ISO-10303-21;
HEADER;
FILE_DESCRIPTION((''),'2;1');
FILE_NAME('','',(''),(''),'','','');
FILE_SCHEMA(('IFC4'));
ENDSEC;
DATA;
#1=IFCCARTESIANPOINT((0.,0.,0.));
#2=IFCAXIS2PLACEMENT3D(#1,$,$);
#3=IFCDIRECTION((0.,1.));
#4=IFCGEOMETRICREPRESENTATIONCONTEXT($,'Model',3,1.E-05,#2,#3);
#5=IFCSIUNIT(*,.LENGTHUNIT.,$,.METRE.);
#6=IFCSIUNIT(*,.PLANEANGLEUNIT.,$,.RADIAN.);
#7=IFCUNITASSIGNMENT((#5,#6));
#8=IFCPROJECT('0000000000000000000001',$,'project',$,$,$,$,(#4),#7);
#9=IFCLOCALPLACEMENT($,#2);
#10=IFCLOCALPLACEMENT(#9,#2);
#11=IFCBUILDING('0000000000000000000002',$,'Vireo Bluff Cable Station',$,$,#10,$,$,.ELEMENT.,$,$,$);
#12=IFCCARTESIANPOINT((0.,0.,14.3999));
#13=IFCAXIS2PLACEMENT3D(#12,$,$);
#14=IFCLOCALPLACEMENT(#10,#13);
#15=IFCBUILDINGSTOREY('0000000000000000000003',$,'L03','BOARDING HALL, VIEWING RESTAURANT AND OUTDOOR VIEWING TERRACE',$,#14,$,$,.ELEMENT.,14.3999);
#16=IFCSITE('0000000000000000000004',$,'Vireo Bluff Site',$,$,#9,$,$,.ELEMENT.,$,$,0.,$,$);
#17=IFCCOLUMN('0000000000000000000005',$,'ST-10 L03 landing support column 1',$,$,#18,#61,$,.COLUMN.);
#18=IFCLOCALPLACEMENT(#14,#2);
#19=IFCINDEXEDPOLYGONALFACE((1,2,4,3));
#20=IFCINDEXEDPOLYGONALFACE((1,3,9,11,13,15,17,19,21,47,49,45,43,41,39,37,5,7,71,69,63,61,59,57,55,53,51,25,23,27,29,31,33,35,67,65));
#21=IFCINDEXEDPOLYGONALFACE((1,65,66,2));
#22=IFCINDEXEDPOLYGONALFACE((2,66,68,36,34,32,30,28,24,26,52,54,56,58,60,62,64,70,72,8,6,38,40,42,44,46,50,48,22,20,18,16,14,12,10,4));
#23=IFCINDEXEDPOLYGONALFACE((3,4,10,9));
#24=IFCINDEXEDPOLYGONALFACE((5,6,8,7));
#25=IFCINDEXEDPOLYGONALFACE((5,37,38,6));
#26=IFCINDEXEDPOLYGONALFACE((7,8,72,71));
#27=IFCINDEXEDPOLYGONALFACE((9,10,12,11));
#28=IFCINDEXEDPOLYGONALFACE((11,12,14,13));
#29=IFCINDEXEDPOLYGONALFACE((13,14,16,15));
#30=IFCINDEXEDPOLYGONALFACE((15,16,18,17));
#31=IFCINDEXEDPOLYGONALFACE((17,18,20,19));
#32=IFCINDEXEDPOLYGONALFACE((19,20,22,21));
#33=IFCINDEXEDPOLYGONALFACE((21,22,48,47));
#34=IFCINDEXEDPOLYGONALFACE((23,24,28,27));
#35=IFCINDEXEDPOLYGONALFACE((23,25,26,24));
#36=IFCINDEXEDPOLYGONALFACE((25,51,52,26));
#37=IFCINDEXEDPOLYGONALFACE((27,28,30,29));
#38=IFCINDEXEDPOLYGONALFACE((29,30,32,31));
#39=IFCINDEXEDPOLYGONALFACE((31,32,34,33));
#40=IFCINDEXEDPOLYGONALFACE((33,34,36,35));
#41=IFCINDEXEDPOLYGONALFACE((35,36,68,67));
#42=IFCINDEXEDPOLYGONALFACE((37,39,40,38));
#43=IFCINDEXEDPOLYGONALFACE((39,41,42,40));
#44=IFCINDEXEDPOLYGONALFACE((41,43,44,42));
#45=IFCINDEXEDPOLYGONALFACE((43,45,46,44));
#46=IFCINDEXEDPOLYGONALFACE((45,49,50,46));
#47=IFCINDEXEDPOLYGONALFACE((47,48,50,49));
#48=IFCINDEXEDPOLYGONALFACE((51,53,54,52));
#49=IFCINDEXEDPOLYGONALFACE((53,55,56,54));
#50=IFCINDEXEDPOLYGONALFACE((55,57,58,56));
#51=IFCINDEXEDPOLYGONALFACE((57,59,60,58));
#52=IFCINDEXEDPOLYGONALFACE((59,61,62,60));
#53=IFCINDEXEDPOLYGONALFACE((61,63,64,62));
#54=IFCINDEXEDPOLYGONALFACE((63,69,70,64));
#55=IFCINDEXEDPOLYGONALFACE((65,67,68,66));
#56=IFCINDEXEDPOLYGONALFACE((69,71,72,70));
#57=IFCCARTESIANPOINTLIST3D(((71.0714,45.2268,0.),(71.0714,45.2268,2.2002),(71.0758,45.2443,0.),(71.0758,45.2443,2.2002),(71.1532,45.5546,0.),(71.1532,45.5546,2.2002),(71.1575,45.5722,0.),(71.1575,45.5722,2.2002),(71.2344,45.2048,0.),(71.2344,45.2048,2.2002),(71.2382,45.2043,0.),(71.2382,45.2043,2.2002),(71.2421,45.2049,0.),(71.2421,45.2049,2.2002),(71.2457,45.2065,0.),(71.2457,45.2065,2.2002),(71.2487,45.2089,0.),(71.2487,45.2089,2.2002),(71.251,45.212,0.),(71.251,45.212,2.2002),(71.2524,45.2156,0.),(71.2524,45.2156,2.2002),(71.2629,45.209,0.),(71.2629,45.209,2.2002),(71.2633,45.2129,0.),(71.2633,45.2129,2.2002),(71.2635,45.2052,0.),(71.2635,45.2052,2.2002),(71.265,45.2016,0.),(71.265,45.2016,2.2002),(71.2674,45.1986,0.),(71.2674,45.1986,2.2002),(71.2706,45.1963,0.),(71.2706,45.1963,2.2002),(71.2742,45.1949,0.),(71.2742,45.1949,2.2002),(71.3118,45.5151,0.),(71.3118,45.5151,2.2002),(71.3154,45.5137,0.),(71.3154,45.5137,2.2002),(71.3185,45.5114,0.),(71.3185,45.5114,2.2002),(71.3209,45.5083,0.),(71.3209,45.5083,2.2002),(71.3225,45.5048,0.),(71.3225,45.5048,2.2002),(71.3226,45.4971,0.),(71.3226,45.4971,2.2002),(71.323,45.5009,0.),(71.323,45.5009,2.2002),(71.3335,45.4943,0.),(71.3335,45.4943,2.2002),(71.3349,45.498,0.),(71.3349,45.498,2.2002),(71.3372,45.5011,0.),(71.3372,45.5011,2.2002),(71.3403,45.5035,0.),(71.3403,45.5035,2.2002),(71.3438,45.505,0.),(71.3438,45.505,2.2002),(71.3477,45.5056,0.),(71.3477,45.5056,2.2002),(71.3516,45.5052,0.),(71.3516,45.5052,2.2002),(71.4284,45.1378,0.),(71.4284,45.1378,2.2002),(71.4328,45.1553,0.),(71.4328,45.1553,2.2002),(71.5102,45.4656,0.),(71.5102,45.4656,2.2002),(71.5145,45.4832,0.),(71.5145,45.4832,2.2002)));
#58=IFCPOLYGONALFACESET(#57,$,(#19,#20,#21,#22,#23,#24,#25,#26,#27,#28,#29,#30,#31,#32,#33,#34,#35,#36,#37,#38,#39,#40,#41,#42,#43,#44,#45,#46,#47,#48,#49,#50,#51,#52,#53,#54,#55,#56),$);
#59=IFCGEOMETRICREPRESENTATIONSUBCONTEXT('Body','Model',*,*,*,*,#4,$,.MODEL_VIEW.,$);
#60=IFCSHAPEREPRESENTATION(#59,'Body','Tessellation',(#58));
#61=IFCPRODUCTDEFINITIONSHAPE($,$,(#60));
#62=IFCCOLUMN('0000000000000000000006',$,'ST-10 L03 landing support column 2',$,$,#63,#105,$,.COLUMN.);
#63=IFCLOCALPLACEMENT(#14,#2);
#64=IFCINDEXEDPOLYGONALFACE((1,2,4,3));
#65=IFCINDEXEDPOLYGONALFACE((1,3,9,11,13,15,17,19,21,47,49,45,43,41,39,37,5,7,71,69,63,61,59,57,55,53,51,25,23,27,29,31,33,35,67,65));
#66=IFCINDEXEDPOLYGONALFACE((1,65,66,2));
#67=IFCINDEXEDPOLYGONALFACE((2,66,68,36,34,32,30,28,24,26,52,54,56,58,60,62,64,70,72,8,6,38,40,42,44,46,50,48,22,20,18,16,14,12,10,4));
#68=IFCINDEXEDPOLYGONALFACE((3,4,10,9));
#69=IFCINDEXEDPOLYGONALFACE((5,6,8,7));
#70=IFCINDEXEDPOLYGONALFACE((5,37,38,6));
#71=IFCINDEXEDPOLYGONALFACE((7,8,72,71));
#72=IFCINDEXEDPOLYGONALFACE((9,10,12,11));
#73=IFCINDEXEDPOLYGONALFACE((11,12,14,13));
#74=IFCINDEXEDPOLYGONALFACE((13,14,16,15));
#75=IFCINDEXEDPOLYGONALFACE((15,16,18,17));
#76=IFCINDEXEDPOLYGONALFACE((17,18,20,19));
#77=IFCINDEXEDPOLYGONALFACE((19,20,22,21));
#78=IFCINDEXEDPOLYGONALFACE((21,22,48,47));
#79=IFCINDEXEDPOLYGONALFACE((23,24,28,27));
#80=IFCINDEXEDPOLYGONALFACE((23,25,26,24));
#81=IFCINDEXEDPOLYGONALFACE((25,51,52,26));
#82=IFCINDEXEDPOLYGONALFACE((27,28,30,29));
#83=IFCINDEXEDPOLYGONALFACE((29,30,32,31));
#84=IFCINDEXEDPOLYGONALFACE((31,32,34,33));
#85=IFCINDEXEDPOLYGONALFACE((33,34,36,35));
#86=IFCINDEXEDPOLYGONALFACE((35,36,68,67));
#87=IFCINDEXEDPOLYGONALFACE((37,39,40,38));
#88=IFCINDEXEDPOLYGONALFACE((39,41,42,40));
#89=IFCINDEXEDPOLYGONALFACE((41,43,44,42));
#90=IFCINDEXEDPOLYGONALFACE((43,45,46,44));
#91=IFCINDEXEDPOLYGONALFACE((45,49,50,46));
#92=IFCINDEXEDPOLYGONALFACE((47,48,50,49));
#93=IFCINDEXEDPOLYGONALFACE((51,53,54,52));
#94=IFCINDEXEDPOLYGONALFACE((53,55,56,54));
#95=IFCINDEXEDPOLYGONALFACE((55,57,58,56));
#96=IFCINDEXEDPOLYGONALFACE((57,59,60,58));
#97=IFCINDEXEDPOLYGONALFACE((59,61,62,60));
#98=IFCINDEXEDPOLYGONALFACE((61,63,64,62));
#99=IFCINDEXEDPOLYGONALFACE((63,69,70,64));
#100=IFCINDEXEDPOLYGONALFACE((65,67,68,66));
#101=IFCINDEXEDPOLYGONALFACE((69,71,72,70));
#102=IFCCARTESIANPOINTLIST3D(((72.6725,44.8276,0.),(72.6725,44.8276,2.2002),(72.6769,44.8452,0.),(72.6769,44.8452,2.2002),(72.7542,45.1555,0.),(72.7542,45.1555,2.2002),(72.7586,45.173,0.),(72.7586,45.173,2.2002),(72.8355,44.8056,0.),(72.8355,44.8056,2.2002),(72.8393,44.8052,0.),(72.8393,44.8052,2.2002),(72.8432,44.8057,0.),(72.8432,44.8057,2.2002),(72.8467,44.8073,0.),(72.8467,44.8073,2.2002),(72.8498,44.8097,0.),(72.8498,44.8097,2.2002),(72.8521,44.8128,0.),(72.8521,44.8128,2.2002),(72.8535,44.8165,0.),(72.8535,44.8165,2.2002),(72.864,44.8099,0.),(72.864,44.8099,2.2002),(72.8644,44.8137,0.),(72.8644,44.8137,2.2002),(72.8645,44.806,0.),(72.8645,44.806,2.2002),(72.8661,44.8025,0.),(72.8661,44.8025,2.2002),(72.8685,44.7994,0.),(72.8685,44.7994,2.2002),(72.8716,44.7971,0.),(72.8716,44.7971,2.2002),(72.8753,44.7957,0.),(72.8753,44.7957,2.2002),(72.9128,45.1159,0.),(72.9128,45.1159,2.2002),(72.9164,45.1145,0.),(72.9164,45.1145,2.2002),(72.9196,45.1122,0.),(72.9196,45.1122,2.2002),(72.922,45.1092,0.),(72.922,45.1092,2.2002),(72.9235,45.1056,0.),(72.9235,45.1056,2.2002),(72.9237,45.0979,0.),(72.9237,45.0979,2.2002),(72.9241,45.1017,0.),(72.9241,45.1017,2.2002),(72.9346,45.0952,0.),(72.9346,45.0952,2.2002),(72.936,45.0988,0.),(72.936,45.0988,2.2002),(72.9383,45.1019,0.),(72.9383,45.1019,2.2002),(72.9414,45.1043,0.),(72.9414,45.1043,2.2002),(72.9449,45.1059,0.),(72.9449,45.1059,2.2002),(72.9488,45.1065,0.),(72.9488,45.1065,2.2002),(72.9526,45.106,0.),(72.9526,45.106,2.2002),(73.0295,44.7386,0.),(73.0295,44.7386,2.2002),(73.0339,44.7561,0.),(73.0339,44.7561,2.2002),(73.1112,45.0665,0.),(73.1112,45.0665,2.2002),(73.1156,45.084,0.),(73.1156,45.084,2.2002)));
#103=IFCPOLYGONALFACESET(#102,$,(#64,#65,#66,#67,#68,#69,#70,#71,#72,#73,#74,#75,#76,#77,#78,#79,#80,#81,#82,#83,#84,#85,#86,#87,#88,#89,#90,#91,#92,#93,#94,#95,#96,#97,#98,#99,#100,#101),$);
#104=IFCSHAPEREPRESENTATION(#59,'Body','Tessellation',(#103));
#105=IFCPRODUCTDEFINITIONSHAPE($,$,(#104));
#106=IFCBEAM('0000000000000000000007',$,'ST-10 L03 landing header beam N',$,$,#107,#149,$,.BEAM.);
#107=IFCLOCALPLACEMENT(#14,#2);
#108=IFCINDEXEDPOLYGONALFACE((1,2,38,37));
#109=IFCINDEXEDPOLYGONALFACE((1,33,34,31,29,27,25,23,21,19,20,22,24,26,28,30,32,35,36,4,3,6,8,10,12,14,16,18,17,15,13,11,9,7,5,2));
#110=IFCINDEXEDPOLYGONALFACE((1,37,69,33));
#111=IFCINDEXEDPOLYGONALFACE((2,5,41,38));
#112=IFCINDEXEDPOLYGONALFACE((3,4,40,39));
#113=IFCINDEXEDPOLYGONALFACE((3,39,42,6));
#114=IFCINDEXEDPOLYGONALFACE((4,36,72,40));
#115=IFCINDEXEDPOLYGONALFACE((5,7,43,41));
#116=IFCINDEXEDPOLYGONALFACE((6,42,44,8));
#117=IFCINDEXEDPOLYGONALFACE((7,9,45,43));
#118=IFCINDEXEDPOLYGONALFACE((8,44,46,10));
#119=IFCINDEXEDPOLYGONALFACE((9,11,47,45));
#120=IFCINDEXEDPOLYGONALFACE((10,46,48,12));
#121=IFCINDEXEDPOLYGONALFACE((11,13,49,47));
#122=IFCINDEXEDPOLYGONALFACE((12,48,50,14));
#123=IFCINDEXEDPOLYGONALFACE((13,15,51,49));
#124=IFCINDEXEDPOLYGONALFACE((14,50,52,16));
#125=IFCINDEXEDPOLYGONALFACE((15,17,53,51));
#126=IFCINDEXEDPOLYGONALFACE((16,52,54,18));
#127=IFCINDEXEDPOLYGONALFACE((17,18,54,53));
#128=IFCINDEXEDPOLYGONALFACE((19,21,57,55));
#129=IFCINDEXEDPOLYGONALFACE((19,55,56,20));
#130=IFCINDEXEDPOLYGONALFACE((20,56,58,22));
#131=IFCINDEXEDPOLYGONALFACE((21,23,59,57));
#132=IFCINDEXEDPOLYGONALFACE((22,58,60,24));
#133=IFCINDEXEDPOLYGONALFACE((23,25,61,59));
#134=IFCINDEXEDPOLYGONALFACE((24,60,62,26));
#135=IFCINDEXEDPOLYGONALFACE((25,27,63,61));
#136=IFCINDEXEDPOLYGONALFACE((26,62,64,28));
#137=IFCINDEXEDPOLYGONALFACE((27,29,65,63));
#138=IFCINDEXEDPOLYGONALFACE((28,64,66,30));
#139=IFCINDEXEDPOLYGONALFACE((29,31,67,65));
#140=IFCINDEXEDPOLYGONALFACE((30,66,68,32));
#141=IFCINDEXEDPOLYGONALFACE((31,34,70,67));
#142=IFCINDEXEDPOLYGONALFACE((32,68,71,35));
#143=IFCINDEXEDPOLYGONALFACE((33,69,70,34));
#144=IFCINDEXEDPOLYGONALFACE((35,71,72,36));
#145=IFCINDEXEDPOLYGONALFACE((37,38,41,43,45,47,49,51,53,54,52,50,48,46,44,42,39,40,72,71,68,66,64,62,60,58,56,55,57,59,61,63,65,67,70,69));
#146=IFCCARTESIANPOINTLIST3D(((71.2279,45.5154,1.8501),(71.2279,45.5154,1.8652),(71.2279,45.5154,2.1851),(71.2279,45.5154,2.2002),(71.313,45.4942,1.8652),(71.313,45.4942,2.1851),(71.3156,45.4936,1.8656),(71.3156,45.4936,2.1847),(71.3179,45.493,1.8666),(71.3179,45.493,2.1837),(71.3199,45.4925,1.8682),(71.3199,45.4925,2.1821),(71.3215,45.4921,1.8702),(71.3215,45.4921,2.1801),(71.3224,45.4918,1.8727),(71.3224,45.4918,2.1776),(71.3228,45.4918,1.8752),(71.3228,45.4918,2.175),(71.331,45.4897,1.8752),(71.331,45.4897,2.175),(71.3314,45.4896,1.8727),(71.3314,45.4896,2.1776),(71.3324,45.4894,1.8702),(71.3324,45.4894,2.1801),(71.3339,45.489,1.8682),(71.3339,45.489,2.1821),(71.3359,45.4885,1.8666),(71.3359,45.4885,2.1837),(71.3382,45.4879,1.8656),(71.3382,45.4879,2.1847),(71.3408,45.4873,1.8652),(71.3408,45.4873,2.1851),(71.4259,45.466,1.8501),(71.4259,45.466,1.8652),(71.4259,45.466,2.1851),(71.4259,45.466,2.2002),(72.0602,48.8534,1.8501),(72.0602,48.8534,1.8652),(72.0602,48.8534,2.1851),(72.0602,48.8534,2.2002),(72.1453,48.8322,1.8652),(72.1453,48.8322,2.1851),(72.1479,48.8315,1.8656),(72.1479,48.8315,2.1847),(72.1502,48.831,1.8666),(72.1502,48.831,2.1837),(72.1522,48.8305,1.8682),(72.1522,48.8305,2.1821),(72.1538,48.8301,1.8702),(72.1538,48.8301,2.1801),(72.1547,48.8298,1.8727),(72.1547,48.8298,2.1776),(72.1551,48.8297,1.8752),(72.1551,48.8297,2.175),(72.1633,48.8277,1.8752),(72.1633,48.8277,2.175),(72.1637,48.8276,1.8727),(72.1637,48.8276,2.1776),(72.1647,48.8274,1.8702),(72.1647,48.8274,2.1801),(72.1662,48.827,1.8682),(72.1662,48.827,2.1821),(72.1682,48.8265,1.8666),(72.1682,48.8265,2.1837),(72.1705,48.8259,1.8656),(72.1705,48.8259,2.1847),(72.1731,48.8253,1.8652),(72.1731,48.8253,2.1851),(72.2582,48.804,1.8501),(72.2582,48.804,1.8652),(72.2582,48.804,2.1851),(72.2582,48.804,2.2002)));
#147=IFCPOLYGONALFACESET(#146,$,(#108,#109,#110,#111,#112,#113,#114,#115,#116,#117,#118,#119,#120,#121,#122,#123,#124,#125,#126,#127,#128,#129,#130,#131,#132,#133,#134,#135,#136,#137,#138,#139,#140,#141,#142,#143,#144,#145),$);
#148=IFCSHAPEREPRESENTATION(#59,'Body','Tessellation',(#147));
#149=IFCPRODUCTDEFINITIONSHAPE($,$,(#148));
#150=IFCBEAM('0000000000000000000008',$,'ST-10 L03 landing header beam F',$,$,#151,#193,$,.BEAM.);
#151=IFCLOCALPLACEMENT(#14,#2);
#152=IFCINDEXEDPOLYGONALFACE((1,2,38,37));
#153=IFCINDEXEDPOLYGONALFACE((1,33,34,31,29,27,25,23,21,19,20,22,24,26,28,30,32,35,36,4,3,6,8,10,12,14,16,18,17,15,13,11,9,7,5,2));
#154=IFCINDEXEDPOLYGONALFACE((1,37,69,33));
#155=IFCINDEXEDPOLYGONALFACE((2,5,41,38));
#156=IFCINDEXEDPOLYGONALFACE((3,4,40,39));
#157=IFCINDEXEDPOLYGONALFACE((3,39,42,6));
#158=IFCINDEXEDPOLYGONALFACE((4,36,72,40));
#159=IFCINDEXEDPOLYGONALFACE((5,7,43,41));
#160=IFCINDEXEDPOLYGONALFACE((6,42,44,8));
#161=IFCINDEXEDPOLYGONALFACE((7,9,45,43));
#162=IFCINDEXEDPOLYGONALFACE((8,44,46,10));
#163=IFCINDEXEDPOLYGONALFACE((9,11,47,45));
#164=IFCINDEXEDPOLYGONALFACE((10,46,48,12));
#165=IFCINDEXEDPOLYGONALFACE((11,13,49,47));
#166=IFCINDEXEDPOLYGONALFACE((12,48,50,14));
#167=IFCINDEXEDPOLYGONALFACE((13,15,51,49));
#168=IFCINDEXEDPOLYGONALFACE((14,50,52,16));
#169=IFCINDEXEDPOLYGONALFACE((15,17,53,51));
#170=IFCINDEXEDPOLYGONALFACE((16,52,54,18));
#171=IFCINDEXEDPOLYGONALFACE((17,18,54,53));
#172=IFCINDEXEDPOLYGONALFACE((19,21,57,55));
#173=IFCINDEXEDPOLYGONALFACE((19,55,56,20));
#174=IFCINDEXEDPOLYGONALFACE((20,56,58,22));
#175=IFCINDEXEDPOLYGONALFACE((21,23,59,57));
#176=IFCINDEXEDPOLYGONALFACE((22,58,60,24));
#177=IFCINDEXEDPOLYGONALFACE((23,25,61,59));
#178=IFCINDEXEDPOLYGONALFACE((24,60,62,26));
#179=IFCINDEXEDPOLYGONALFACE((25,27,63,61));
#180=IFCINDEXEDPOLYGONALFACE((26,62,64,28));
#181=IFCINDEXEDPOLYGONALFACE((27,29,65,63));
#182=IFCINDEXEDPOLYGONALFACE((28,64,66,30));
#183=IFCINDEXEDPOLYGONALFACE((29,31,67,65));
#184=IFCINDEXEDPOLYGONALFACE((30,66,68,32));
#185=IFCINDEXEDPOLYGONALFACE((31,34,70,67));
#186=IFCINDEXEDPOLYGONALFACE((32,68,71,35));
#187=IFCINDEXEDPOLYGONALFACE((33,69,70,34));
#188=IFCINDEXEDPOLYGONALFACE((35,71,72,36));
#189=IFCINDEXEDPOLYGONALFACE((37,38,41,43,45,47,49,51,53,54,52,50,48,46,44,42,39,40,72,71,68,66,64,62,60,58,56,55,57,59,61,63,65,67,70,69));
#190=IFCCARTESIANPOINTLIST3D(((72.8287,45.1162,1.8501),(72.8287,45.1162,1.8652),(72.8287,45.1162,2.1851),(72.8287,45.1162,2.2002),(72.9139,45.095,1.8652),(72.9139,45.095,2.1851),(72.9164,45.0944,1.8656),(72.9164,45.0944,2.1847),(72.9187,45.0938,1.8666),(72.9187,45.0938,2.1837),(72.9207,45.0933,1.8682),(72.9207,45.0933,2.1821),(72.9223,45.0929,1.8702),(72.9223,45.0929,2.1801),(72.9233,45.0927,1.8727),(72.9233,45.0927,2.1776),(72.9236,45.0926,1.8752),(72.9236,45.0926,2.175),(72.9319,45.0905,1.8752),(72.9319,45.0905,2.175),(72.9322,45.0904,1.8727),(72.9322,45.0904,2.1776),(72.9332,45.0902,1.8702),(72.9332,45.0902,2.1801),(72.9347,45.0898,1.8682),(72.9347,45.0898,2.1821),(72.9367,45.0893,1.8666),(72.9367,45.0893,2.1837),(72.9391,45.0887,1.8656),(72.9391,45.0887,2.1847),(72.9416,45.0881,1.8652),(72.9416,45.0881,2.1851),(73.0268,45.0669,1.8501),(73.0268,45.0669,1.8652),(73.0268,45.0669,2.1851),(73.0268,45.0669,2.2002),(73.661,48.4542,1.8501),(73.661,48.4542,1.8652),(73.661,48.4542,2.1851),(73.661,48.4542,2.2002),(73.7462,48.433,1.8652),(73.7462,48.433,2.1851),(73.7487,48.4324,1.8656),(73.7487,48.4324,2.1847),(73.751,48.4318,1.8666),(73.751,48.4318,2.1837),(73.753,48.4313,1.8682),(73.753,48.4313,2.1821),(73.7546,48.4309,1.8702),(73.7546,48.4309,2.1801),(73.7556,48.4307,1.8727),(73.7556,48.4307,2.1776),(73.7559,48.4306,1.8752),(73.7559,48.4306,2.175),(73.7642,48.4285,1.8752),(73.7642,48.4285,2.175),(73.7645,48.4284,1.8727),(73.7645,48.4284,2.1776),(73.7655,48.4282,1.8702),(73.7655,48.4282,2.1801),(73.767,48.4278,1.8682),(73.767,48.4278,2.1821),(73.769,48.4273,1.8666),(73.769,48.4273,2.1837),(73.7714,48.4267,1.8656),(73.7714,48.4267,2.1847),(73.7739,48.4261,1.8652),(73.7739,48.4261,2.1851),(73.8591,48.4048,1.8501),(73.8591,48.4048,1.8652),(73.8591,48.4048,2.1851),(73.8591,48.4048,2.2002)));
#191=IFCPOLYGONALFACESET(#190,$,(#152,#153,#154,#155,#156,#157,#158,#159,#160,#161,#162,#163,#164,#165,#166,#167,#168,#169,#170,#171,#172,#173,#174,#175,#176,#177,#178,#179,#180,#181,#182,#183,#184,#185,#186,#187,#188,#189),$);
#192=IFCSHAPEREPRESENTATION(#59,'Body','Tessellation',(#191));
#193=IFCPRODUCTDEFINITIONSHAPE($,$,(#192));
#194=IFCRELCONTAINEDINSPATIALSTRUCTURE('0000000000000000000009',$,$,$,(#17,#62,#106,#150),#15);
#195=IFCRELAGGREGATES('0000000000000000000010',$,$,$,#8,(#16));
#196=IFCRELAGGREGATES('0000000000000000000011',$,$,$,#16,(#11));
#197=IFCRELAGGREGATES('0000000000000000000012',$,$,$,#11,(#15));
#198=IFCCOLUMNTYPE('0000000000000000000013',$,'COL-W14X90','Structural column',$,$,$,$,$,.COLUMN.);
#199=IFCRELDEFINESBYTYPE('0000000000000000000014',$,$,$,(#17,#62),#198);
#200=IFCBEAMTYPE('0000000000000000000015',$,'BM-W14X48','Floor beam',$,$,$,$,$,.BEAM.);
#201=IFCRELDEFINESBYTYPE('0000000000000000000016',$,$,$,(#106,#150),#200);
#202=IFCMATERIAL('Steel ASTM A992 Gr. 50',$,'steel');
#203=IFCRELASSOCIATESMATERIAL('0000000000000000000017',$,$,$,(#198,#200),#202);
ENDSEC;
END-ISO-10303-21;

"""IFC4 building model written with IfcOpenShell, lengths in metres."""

from ifc_helpers import new_model, si_unit, direction, frame, origin, origin_2d, place, context, subcontext, project, spatial, i_section, extrude, material, material_profile, profile_set, type_object, element, save


model = new_model("IFC4")

# Units and contexts
model_context = context("Model", 3, precision=1e-05, world=origin(), true_north=direction((0.0, 1.0)))
body_context = subcontext(model_context, "Body", "Model", "MODEL_VIEW")
ifc_project = project(units=[si_unit("LENGTHUNIT", "METRE"), si_unit("PLANEANGLEUNIT", "RADIAN")], contexts=[model_context])

# Site, building, storey
site_placement = place(None, origin())
site = spatial("IfcSite", under=ifc_project, at=site_placement, Name="Vireo Bluff Site", CompositionType="ELEMENT", RefElevation=0.0)
building_placement = place(site_placement, origin())
building = spatial("IfcBuilding", under=site, at=building_placement, Name="Vireo Bluff Cable Station", CompositionType="ELEMENT")
storey_placement = place(building_placement, frame((0.0, 0.0, 14.3999)))
storey = spatial("IfcBuildingStorey", under=building, at=storey_placement, Name="L03", Description="BOARDING HALL, VIEWING RESTAURANT AND OUTDOOR VIEWING TERRACE", CompositionType="ELEMENT", Elevation=14.3999)

# Columns
ifc_material_1 = material(Name="Steel ASTM A992 Gr. 50", Category="steel")
ifc_material_profile_1 = material_profile(ifc_material_1, i_section(OverallWidth=0.3679, OverallDepth=0.356, WebThickness=0.0112, FlangeThickness=0.0181, FilletRadius=0.0149, at=origin_2d()), Name="W14X90")
ifc_profile_set_1 = profile_set([ifc_material_profile_1], Name="Steel ASTM A992 Gr. 50")
column_type = type_object("IfcColumnType", Name="COL-W14X90", Description="Structural column", PredefinedType="COLUMN", material=ifc_profile_set_1)
for number, where, z_axis, x_axis, name in (
    (1, (71.293, 45.355, 0.0), (0.0, 0.0, 1.0), (0.970296, -0.241922, 0.0), "ST-10 L03 landing support column 1"),
    (2, (72.894, 44.9558, 0.0), (0.0, 0.0, 1.0), (0.970296, -0.241922, 0.0), "ST-10 L03 landing support column 2"),
):
    element("IfcColumn", number, at=place(storey_placement, frame(where, z_axis=z_axis, x_axis=x_axis)), inside=storey, type_object=column_type, Name=name, PredefinedType="COLUMN", context=body_context, shape_type="SweptSolid", body=[
        extrude(i_section(OverallWidth=0.3679, OverallDepth=0.356, WebThickness=0.0112, FlangeThickness=0.0181, FilletRadius=0.0149, at=origin_2d()), origin(), (0.0, 0.0, 1.0), 2.2002),
    ])

# Beams
ifc_material_profile_2 = material_profile(ifc_material_1, i_section(OverallWidth=0.2041, OverallDepth=0.3501, WebThickness=0.0085, FlangeThickness=0.0151, FilletRadius=0.01, at=origin_2d()), Name="W14X48")
ifc_profile_set_2 = profile_set([ifc_material_profile_2], Name="Steel ASTM A992 Gr. 50")
beam_type_1 = type_object("IfcBeamType", Name="BM-W14X48", Description="Floor beam", PredefinedType="BEAM", material=ifc_profile_set_2)
for number, where, z_axis, x_axis, name in (
    (3, (71.3269, 45.4907, 2.0251), (0.241934, 0.970293, 0.0), (-0.970293, 0.241934, 0.0), "ST-10 L03 landing header beam N"),
    (4, (72.9277, 45.0916, 2.0251), (0.241934, 0.970293, 0.0), (-0.970293, 0.241934, 0.0), "ST-10 L03 landing header beam F"),
):
    element("IfcBeam", number, at=place(storey_placement, frame(where, z_axis=z_axis, x_axis=x_axis)), inside=storey, type_object=beam_type_1, Name=name, PredefinedType="BEAM", context=body_context, shape_type="SweptSolid", body=[
        extrude(i_section(OverallWidth=0.2041, OverallDepth=0.3501, WebThickness=0.0085, FlangeThickness=0.0151, FilletRadius=0.01, at=origin_2d()), origin(), (0.0, 0.0, 1.0), 3.4402),
    ])

save(model, "model.ifc")
